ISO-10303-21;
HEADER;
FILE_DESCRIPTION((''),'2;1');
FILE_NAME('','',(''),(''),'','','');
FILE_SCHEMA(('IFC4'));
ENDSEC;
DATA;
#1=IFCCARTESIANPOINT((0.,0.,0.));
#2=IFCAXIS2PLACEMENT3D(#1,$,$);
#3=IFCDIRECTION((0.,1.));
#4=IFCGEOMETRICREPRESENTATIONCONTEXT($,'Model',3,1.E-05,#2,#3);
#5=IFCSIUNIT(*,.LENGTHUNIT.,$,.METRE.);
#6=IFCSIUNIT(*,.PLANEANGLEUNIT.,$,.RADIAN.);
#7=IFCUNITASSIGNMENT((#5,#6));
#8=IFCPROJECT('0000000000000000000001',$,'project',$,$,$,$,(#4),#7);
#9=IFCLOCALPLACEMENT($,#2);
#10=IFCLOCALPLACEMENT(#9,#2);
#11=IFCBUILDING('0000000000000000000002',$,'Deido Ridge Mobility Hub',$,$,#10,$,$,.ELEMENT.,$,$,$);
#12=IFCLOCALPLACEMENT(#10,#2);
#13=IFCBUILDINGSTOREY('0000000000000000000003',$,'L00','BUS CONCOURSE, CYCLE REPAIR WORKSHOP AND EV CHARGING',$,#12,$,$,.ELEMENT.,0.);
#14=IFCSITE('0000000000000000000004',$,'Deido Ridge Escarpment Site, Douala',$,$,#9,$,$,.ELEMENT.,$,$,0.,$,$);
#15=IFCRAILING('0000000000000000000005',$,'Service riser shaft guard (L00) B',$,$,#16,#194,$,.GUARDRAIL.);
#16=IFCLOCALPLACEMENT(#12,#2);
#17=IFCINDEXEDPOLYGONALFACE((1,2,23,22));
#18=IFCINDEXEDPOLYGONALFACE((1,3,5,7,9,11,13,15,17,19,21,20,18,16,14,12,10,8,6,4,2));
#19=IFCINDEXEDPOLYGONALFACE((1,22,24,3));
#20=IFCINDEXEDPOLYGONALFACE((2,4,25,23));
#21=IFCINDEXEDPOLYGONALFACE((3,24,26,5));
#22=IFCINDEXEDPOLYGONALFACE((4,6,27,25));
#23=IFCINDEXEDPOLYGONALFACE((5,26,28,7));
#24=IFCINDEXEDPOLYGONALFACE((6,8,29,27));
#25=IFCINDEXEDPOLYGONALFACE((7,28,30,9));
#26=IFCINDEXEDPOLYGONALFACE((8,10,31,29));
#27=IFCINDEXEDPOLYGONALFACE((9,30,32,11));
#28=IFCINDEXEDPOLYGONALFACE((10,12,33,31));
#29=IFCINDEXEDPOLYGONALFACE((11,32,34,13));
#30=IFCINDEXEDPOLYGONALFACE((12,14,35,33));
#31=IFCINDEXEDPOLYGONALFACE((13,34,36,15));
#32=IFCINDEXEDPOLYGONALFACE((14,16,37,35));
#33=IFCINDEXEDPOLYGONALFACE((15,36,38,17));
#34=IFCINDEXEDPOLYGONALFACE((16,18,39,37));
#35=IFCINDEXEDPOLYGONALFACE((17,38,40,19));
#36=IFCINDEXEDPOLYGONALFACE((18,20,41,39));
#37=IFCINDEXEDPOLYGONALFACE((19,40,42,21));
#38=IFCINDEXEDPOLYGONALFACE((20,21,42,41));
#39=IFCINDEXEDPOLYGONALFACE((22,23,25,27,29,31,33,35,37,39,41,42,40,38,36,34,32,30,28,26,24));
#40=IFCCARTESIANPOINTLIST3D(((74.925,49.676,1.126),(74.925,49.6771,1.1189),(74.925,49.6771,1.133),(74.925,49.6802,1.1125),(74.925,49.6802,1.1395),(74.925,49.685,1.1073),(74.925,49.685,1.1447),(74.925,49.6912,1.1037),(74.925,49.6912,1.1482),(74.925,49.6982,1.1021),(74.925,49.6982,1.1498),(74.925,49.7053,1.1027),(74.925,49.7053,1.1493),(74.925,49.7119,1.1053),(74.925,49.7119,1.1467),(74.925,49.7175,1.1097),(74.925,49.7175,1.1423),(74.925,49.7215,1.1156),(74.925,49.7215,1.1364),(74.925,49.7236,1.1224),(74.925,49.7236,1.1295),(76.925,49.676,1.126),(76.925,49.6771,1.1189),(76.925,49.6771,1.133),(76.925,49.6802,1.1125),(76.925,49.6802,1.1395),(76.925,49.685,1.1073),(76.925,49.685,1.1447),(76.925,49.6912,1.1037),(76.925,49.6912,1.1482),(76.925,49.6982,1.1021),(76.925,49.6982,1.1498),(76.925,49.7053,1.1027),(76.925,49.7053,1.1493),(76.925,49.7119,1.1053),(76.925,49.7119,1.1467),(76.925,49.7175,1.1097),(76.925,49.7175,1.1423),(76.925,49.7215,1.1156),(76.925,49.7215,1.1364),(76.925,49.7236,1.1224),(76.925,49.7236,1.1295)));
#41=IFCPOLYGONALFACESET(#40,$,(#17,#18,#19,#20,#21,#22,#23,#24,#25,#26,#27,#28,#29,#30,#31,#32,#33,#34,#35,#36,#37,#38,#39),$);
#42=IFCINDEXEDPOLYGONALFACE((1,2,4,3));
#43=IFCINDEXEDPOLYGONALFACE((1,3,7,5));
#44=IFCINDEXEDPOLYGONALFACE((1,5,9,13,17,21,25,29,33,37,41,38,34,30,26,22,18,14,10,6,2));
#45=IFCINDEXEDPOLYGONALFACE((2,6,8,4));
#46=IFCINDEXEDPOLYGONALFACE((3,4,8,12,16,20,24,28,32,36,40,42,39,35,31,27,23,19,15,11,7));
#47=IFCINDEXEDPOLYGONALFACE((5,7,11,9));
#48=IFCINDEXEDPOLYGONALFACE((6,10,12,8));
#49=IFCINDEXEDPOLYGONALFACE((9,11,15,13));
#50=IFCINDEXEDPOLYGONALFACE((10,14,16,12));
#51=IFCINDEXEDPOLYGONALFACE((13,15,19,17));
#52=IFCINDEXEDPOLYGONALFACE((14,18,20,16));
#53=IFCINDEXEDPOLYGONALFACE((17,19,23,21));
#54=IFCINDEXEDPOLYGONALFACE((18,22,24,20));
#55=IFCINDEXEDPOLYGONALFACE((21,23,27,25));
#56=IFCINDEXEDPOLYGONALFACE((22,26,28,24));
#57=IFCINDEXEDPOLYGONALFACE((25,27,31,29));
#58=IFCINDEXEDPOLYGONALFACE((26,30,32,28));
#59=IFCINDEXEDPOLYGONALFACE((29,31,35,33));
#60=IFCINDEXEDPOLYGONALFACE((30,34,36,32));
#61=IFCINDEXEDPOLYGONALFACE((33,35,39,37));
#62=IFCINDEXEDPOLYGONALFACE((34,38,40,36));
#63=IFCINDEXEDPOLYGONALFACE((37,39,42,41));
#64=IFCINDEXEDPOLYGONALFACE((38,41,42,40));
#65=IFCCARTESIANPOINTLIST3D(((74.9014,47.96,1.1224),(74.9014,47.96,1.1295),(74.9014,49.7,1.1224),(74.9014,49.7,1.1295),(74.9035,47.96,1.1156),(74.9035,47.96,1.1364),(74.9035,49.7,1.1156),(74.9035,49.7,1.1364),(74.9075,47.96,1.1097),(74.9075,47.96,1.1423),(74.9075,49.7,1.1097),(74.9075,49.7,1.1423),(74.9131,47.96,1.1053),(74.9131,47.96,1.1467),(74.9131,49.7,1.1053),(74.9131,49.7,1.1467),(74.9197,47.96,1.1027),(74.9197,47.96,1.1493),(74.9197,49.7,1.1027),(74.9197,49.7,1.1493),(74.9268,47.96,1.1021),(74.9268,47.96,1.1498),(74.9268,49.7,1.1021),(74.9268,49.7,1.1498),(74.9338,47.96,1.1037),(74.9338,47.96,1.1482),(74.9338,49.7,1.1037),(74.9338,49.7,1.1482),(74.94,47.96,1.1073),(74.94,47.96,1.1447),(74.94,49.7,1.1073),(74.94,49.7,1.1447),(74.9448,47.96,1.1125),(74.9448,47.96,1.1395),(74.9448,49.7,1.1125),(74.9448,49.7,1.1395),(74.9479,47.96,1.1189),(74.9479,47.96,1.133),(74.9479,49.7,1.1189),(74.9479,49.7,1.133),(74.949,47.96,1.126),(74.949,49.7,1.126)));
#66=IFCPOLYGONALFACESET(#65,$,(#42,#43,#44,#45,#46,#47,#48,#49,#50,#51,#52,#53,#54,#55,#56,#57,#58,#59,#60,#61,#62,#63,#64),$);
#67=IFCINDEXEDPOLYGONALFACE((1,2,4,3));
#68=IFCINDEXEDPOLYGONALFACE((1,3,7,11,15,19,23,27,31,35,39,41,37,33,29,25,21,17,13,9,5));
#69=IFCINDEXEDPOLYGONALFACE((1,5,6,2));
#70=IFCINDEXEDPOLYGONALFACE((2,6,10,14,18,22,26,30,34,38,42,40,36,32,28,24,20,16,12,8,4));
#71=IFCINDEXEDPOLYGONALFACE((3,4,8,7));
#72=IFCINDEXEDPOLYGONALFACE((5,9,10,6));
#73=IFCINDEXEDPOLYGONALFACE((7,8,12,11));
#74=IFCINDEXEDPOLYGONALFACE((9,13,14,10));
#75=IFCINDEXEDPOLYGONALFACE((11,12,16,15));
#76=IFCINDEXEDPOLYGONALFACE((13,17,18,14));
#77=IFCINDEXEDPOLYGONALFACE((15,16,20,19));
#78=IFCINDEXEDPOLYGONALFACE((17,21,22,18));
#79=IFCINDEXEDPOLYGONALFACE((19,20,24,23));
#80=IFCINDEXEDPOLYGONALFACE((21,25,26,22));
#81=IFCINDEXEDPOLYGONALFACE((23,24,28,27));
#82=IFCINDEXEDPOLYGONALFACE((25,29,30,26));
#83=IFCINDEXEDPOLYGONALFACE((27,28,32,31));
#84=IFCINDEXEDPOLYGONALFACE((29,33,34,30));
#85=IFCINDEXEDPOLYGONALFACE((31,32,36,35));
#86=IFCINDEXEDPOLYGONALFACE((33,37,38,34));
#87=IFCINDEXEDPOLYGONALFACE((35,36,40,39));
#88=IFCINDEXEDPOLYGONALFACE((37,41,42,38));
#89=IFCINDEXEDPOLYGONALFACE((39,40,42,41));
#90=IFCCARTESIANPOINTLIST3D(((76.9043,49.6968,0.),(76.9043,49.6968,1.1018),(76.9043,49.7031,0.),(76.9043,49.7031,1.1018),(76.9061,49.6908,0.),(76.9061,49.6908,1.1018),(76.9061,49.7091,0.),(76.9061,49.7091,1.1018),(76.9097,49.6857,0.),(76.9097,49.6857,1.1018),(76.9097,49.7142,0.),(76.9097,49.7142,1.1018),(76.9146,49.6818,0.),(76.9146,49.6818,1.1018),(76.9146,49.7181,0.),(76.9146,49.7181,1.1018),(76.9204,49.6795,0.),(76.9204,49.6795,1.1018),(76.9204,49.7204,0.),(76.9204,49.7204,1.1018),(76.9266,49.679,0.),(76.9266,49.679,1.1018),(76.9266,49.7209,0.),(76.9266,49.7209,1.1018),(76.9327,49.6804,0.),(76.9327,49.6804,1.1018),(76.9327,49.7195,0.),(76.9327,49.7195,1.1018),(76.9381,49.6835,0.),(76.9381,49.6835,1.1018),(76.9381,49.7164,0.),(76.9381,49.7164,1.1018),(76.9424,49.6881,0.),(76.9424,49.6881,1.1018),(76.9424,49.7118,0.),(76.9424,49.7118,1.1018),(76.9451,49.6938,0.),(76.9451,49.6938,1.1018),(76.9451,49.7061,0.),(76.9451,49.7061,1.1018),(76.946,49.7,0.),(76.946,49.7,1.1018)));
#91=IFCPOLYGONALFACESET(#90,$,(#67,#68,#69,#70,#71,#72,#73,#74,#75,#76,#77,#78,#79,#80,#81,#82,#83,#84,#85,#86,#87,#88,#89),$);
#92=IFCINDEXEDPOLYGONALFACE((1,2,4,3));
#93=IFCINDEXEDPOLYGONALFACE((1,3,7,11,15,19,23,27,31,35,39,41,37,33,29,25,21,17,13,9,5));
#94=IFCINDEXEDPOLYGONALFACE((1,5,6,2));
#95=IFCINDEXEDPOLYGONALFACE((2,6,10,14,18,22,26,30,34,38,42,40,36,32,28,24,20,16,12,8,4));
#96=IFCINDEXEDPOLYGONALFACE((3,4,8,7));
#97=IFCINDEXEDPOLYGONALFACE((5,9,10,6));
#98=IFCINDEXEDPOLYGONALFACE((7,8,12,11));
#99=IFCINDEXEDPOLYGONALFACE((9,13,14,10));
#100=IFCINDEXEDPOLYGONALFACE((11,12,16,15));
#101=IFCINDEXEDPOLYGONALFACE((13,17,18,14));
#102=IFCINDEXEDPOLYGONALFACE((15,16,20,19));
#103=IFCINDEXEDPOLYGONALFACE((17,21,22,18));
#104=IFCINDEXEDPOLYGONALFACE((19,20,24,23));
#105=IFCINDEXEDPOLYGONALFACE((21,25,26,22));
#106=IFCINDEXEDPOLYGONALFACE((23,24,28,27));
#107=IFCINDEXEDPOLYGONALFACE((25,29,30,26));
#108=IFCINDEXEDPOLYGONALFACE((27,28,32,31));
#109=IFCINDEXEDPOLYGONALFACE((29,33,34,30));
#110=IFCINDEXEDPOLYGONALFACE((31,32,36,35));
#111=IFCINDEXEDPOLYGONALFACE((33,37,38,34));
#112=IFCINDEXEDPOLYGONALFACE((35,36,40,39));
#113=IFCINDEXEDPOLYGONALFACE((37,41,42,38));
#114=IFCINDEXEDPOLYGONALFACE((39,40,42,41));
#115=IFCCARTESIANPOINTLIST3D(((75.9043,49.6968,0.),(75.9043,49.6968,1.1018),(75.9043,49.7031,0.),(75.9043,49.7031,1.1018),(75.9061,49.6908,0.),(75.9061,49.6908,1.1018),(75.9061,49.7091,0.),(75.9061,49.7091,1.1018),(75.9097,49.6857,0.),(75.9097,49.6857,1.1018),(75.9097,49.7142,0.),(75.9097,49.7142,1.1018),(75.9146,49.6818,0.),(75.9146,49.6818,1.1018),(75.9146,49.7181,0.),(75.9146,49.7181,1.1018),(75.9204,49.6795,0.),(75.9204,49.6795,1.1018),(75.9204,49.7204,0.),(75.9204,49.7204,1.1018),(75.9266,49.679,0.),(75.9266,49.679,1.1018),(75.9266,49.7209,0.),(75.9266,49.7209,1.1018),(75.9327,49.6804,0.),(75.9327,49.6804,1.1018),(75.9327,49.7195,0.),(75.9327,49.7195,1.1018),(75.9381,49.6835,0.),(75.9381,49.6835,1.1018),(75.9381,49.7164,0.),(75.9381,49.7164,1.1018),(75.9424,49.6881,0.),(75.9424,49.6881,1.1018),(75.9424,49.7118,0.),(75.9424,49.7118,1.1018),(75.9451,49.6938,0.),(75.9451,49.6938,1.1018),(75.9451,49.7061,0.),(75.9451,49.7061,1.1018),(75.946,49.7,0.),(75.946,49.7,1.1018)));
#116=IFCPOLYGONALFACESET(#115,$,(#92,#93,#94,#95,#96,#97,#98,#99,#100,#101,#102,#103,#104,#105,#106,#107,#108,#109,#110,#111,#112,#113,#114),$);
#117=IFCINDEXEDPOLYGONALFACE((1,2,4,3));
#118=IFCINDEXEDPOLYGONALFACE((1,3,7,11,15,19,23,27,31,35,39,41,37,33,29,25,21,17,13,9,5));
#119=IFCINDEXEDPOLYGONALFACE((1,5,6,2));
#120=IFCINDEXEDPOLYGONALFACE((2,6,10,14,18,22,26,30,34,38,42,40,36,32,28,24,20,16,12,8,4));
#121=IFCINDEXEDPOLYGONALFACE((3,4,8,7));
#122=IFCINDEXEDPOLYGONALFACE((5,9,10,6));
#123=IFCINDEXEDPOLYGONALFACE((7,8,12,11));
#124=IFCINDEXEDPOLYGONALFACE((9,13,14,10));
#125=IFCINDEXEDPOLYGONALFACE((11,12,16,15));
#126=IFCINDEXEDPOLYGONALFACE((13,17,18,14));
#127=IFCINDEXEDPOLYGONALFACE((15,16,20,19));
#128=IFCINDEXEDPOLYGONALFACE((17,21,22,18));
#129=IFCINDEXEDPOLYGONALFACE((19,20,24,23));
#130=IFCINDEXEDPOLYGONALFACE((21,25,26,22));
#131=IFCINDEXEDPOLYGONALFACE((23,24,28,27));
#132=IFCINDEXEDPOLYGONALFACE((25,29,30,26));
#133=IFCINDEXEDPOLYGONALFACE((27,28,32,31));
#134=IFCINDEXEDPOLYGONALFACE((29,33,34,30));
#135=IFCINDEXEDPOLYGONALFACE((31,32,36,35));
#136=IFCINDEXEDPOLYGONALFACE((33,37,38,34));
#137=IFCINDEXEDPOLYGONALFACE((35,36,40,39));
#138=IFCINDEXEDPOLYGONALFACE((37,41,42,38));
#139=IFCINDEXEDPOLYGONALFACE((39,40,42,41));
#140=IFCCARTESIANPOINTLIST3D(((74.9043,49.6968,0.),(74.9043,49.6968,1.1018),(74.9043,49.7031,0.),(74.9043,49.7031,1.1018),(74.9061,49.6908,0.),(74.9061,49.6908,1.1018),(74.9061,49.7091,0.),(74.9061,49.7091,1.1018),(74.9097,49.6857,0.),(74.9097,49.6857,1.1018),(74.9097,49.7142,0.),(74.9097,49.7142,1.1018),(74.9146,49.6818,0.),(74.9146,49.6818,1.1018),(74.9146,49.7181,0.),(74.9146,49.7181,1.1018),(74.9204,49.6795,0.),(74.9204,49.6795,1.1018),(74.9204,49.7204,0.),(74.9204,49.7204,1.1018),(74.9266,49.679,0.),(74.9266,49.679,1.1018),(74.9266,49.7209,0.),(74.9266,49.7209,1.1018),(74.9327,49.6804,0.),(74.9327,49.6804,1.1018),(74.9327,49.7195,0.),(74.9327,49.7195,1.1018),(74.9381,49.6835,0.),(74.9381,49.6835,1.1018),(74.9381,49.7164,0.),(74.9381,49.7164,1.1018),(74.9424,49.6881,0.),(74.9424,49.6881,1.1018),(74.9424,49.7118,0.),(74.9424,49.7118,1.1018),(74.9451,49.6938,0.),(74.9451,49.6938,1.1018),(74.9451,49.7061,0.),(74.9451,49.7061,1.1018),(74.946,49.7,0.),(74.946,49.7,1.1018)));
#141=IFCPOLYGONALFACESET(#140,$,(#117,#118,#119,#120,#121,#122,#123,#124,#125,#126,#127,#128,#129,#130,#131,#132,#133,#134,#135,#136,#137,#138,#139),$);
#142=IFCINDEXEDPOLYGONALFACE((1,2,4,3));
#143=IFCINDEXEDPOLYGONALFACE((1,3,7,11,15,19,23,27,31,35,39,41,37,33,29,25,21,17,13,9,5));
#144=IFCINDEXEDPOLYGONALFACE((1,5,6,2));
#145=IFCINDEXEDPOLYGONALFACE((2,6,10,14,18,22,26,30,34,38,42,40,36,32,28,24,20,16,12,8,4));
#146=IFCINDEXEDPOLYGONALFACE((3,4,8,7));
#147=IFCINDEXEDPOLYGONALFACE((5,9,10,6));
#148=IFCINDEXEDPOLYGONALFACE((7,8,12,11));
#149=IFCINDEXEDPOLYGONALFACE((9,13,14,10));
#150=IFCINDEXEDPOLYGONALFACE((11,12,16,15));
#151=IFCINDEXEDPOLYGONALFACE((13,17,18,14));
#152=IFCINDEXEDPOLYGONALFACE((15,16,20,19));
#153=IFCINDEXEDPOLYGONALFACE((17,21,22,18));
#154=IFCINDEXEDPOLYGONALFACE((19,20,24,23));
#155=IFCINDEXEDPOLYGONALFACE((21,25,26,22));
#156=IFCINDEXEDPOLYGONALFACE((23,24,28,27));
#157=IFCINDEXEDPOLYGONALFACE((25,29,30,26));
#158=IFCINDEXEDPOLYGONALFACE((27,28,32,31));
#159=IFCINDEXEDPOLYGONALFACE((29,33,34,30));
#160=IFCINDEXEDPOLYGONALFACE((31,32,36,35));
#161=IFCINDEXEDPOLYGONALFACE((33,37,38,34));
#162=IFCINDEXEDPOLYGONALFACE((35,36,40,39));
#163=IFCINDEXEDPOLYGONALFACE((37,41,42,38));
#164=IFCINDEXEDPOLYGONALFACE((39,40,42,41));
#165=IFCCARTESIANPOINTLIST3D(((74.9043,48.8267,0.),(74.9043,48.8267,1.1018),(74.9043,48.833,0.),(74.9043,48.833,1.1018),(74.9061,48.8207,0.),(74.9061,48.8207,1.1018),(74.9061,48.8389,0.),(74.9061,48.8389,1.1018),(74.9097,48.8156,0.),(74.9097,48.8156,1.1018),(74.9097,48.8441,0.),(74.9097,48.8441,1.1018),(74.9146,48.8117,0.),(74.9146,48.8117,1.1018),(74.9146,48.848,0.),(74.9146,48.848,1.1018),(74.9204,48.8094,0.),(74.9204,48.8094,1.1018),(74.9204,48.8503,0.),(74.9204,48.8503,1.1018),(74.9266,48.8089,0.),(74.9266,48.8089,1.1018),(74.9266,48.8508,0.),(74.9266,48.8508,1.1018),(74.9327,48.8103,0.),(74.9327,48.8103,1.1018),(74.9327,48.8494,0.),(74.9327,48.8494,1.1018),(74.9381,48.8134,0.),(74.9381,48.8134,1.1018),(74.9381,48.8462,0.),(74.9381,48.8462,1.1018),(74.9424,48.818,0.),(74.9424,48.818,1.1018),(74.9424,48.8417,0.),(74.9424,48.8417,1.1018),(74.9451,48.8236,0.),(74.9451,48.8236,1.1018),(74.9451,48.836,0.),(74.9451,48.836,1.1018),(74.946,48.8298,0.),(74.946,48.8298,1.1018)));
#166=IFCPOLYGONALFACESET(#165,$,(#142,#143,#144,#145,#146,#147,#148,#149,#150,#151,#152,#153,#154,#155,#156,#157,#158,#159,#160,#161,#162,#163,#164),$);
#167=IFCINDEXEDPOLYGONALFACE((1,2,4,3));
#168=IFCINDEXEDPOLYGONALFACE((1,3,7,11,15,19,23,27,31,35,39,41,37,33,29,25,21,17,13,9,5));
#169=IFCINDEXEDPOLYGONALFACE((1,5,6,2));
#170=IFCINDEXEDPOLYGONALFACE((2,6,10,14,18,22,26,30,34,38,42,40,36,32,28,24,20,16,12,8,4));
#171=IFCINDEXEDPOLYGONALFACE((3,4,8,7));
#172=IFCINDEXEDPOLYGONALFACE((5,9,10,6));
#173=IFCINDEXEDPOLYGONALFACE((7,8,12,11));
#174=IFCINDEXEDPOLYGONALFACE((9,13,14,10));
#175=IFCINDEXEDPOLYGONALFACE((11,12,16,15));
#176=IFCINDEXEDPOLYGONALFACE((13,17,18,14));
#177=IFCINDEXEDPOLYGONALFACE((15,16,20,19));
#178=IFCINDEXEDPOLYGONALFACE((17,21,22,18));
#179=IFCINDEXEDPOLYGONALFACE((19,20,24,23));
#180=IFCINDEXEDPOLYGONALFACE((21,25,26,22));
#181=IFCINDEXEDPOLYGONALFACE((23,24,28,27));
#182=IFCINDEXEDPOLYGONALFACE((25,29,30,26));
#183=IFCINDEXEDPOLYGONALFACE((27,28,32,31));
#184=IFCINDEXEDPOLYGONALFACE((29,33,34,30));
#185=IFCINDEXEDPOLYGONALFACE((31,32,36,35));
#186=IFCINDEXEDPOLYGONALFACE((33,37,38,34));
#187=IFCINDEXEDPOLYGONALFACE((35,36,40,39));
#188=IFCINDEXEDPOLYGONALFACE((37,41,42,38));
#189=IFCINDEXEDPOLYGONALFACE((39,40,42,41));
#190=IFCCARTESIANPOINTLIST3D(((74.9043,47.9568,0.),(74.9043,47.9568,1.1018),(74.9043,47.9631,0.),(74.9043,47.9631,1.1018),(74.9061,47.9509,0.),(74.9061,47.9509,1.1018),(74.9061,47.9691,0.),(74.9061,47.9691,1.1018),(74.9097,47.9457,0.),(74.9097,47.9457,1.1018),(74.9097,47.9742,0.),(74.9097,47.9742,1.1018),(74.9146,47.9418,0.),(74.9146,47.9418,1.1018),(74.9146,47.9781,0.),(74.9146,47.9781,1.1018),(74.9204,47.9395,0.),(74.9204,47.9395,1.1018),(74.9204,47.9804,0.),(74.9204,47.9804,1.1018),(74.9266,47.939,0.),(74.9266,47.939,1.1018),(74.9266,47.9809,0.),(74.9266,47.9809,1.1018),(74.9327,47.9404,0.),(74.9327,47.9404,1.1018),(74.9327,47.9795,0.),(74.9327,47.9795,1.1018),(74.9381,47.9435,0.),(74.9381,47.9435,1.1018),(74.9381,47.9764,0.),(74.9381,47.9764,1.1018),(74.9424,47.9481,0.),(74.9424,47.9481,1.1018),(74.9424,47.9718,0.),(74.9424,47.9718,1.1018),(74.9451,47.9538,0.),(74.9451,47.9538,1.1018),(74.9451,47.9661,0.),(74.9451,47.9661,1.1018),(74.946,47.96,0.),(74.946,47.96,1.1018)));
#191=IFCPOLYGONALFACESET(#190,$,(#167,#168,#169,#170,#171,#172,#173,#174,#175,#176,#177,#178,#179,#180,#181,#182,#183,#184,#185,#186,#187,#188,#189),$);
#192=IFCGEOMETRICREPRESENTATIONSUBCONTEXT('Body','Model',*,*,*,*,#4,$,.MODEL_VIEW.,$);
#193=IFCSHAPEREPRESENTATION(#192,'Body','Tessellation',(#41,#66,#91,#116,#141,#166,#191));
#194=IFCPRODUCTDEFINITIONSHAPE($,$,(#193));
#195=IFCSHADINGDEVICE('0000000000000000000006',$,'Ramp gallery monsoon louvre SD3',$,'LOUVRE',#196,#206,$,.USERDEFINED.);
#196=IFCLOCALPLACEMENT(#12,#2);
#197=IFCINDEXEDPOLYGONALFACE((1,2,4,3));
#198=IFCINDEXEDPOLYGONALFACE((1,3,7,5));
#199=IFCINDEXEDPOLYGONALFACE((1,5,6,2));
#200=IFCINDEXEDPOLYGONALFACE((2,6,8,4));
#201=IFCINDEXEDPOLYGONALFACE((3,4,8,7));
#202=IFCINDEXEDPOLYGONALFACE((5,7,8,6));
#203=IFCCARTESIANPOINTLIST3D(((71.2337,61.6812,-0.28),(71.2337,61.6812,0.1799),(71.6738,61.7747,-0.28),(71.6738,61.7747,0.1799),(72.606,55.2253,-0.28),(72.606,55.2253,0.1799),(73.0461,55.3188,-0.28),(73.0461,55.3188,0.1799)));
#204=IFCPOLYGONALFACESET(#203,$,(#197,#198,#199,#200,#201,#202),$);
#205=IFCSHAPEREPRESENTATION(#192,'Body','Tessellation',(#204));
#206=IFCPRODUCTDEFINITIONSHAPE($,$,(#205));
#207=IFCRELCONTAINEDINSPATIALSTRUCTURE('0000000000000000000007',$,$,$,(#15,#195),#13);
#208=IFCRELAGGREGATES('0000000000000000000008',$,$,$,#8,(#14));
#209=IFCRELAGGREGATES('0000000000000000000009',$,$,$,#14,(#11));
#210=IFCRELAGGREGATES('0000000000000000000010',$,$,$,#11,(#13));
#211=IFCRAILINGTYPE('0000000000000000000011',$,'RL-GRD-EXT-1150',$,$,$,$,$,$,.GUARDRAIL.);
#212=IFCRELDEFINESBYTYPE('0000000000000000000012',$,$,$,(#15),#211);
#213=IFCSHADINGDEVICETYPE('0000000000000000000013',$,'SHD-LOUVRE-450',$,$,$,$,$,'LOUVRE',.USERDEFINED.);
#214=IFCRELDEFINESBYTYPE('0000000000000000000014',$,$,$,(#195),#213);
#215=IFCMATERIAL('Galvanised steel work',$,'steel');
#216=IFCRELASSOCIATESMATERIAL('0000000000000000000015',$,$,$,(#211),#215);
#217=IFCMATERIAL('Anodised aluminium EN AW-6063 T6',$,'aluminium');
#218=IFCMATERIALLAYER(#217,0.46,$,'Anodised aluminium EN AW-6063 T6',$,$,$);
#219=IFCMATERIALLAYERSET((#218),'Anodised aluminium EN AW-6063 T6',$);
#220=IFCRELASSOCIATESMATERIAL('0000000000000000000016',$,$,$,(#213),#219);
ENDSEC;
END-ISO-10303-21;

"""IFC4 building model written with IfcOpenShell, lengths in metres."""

from ifc_helpers import new_model, si_unit, direction, frame, origin, origin_2d, place, context, subcontext, project, spatial, rectangle, circle, extrude, material, layer, layer_set, type_object, element, save


model = new_model("IFC4")

# Units and contexts
model_context = context("Model", 3, precision=1e-05, world=origin(), true_north=direction((0.0, 1.0)))
body_context = subcontext(model_context, "Body", "Model", "MODEL_VIEW")
ifc_project = project(units=[si_unit("LENGTHUNIT", "METRE"), si_unit("PLANEANGLEUNIT", "RADIAN")], contexts=[model_context])

# Site, building, storey
site_placement = place(None, origin())
site = spatial("IfcSite", under=ifc_project, at=site_placement, Name="Deido Ridge Escarpment Site, Douala", CompositionType="ELEMENT", RefElevation=0.0)
building_placement = place(site_placement, origin())
building = spatial("IfcBuilding", under=site, at=building_placement, Name="Deido Ridge Mobility Hub", CompositionType="ELEMENT")
storey_placement = place(building_placement, origin())
storey = spatial("IfcBuildingStorey", under=building, at=storey_placement, Name="L00", Description="BUS CONCOURSE, CYCLE REPAIR WORKSHOP AND EV CHARGING", CompositionType="ELEMENT", Elevation=0.0)

# Shared definitions
ifc_material_1 = material(Name="Anodised aluminium EN AW-6063 T6", Category="aluminium")

# Railing
ifc_material_2 = material(Name="Galvanised steel work", Category="steel")
railing_type = type_object("IfcRailingType", Name="RL-GRD-EXT-1150", PredefinedType="GUARDRAIL", material=ifc_material_2)
railing_1_placement = place(storey_placement, frame((76.925, 49.7, 0.0)))
element("IfcRailing", 1, at=railing_1_placement, inside=storey, type_object=railing_type, Name="Service riser shaft guard (L00) B", PredefinedType="GUARDRAIL", context=body_context, shape_type="SweptSolid", body=[
    extrude(circle(Radius=0.0239, at=origin_2d()), frame((0.0, 0.0, 1.126), z_axis=(-1.0, 0.0, 0.0), x_axis=(0.0, -1.0, 0.0)), (0.0, 0.0, 1.0), 2.0),
    extrude(circle(Radius=0.0239, at=origin_2d()), frame((-2.0, 0.0, 1.126), z_axis=(0.0, -1.0, 0.0), x_axis=(1.0, 0.0, 0.0)), (0.0, 0.0, 1.0), 1.74),
    extrude(circle(Radius=0.021, at=origin_2d()), origin(), (0.0, 0.0, 1.0), 1.1018),
    extrude(circle(Radius=0.021, at=origin_2d()), frame((-1.0, 0.0, 0.0)), (0.0, 0.0, 1.0), 1.1018),
    extrude(circle(Radius=0.021, at=origin_2d()), frame((-2.0, 0.0, 0.0)), (0.0, 0.0, 1.0), 1.1018),
    extrude(circle(Radius=0.021, at=origin_2d()), frame((-2.0, -0.8701, 0.0)), (0.0, 0.0, 1.0), 1.1018),
    extrude(circle(Radius=0.021, at=origin_2d()), frame((-2.0, -1.74, 0.0)), (0.0, 0.0, 1.0), 1.1018),
])

# Shading device
ifc_layer_1 = layer(ifc_material_1, 0.46, Name="Anodised aluminium EN AW-6063 T6")
ifc_layer_set_1 = layer_set([ifc_layer_1], Name="Anodised aluminium EN AW-6063 T6")
shading_device_type = type_object("IfcShadingDeviceType", Name="SHD-LOUVRE-450", ElementType="LOUVRE", PredefinedType="USERDEFINED", material=ifc_layer_set_1)
shading_device_placement = place(storey_placement, frame((72.1399, 58.5, -0.28), z_axis=(0.0, 0.0, 1.0), x_axis=(-0.207912, 0.978148, 0.0)))
element("IfcShadingDevice", 2, at=shading_device_placement, inside=storey, type_object=shading_device_type, Name="Ramp gallery monsoon louvre SD3", ObjectType="LOUVRE", PredefinedType="USERDEFINED", context=body_context, shape_type="SweptSolid", body=[
    extrude(rectangle(XDim=6.6001, YDim=0.45, at=origin_2d()), origin(), (0.0, 0.0, 1.0), 0.46),
])

save(model, "model.ifc")
